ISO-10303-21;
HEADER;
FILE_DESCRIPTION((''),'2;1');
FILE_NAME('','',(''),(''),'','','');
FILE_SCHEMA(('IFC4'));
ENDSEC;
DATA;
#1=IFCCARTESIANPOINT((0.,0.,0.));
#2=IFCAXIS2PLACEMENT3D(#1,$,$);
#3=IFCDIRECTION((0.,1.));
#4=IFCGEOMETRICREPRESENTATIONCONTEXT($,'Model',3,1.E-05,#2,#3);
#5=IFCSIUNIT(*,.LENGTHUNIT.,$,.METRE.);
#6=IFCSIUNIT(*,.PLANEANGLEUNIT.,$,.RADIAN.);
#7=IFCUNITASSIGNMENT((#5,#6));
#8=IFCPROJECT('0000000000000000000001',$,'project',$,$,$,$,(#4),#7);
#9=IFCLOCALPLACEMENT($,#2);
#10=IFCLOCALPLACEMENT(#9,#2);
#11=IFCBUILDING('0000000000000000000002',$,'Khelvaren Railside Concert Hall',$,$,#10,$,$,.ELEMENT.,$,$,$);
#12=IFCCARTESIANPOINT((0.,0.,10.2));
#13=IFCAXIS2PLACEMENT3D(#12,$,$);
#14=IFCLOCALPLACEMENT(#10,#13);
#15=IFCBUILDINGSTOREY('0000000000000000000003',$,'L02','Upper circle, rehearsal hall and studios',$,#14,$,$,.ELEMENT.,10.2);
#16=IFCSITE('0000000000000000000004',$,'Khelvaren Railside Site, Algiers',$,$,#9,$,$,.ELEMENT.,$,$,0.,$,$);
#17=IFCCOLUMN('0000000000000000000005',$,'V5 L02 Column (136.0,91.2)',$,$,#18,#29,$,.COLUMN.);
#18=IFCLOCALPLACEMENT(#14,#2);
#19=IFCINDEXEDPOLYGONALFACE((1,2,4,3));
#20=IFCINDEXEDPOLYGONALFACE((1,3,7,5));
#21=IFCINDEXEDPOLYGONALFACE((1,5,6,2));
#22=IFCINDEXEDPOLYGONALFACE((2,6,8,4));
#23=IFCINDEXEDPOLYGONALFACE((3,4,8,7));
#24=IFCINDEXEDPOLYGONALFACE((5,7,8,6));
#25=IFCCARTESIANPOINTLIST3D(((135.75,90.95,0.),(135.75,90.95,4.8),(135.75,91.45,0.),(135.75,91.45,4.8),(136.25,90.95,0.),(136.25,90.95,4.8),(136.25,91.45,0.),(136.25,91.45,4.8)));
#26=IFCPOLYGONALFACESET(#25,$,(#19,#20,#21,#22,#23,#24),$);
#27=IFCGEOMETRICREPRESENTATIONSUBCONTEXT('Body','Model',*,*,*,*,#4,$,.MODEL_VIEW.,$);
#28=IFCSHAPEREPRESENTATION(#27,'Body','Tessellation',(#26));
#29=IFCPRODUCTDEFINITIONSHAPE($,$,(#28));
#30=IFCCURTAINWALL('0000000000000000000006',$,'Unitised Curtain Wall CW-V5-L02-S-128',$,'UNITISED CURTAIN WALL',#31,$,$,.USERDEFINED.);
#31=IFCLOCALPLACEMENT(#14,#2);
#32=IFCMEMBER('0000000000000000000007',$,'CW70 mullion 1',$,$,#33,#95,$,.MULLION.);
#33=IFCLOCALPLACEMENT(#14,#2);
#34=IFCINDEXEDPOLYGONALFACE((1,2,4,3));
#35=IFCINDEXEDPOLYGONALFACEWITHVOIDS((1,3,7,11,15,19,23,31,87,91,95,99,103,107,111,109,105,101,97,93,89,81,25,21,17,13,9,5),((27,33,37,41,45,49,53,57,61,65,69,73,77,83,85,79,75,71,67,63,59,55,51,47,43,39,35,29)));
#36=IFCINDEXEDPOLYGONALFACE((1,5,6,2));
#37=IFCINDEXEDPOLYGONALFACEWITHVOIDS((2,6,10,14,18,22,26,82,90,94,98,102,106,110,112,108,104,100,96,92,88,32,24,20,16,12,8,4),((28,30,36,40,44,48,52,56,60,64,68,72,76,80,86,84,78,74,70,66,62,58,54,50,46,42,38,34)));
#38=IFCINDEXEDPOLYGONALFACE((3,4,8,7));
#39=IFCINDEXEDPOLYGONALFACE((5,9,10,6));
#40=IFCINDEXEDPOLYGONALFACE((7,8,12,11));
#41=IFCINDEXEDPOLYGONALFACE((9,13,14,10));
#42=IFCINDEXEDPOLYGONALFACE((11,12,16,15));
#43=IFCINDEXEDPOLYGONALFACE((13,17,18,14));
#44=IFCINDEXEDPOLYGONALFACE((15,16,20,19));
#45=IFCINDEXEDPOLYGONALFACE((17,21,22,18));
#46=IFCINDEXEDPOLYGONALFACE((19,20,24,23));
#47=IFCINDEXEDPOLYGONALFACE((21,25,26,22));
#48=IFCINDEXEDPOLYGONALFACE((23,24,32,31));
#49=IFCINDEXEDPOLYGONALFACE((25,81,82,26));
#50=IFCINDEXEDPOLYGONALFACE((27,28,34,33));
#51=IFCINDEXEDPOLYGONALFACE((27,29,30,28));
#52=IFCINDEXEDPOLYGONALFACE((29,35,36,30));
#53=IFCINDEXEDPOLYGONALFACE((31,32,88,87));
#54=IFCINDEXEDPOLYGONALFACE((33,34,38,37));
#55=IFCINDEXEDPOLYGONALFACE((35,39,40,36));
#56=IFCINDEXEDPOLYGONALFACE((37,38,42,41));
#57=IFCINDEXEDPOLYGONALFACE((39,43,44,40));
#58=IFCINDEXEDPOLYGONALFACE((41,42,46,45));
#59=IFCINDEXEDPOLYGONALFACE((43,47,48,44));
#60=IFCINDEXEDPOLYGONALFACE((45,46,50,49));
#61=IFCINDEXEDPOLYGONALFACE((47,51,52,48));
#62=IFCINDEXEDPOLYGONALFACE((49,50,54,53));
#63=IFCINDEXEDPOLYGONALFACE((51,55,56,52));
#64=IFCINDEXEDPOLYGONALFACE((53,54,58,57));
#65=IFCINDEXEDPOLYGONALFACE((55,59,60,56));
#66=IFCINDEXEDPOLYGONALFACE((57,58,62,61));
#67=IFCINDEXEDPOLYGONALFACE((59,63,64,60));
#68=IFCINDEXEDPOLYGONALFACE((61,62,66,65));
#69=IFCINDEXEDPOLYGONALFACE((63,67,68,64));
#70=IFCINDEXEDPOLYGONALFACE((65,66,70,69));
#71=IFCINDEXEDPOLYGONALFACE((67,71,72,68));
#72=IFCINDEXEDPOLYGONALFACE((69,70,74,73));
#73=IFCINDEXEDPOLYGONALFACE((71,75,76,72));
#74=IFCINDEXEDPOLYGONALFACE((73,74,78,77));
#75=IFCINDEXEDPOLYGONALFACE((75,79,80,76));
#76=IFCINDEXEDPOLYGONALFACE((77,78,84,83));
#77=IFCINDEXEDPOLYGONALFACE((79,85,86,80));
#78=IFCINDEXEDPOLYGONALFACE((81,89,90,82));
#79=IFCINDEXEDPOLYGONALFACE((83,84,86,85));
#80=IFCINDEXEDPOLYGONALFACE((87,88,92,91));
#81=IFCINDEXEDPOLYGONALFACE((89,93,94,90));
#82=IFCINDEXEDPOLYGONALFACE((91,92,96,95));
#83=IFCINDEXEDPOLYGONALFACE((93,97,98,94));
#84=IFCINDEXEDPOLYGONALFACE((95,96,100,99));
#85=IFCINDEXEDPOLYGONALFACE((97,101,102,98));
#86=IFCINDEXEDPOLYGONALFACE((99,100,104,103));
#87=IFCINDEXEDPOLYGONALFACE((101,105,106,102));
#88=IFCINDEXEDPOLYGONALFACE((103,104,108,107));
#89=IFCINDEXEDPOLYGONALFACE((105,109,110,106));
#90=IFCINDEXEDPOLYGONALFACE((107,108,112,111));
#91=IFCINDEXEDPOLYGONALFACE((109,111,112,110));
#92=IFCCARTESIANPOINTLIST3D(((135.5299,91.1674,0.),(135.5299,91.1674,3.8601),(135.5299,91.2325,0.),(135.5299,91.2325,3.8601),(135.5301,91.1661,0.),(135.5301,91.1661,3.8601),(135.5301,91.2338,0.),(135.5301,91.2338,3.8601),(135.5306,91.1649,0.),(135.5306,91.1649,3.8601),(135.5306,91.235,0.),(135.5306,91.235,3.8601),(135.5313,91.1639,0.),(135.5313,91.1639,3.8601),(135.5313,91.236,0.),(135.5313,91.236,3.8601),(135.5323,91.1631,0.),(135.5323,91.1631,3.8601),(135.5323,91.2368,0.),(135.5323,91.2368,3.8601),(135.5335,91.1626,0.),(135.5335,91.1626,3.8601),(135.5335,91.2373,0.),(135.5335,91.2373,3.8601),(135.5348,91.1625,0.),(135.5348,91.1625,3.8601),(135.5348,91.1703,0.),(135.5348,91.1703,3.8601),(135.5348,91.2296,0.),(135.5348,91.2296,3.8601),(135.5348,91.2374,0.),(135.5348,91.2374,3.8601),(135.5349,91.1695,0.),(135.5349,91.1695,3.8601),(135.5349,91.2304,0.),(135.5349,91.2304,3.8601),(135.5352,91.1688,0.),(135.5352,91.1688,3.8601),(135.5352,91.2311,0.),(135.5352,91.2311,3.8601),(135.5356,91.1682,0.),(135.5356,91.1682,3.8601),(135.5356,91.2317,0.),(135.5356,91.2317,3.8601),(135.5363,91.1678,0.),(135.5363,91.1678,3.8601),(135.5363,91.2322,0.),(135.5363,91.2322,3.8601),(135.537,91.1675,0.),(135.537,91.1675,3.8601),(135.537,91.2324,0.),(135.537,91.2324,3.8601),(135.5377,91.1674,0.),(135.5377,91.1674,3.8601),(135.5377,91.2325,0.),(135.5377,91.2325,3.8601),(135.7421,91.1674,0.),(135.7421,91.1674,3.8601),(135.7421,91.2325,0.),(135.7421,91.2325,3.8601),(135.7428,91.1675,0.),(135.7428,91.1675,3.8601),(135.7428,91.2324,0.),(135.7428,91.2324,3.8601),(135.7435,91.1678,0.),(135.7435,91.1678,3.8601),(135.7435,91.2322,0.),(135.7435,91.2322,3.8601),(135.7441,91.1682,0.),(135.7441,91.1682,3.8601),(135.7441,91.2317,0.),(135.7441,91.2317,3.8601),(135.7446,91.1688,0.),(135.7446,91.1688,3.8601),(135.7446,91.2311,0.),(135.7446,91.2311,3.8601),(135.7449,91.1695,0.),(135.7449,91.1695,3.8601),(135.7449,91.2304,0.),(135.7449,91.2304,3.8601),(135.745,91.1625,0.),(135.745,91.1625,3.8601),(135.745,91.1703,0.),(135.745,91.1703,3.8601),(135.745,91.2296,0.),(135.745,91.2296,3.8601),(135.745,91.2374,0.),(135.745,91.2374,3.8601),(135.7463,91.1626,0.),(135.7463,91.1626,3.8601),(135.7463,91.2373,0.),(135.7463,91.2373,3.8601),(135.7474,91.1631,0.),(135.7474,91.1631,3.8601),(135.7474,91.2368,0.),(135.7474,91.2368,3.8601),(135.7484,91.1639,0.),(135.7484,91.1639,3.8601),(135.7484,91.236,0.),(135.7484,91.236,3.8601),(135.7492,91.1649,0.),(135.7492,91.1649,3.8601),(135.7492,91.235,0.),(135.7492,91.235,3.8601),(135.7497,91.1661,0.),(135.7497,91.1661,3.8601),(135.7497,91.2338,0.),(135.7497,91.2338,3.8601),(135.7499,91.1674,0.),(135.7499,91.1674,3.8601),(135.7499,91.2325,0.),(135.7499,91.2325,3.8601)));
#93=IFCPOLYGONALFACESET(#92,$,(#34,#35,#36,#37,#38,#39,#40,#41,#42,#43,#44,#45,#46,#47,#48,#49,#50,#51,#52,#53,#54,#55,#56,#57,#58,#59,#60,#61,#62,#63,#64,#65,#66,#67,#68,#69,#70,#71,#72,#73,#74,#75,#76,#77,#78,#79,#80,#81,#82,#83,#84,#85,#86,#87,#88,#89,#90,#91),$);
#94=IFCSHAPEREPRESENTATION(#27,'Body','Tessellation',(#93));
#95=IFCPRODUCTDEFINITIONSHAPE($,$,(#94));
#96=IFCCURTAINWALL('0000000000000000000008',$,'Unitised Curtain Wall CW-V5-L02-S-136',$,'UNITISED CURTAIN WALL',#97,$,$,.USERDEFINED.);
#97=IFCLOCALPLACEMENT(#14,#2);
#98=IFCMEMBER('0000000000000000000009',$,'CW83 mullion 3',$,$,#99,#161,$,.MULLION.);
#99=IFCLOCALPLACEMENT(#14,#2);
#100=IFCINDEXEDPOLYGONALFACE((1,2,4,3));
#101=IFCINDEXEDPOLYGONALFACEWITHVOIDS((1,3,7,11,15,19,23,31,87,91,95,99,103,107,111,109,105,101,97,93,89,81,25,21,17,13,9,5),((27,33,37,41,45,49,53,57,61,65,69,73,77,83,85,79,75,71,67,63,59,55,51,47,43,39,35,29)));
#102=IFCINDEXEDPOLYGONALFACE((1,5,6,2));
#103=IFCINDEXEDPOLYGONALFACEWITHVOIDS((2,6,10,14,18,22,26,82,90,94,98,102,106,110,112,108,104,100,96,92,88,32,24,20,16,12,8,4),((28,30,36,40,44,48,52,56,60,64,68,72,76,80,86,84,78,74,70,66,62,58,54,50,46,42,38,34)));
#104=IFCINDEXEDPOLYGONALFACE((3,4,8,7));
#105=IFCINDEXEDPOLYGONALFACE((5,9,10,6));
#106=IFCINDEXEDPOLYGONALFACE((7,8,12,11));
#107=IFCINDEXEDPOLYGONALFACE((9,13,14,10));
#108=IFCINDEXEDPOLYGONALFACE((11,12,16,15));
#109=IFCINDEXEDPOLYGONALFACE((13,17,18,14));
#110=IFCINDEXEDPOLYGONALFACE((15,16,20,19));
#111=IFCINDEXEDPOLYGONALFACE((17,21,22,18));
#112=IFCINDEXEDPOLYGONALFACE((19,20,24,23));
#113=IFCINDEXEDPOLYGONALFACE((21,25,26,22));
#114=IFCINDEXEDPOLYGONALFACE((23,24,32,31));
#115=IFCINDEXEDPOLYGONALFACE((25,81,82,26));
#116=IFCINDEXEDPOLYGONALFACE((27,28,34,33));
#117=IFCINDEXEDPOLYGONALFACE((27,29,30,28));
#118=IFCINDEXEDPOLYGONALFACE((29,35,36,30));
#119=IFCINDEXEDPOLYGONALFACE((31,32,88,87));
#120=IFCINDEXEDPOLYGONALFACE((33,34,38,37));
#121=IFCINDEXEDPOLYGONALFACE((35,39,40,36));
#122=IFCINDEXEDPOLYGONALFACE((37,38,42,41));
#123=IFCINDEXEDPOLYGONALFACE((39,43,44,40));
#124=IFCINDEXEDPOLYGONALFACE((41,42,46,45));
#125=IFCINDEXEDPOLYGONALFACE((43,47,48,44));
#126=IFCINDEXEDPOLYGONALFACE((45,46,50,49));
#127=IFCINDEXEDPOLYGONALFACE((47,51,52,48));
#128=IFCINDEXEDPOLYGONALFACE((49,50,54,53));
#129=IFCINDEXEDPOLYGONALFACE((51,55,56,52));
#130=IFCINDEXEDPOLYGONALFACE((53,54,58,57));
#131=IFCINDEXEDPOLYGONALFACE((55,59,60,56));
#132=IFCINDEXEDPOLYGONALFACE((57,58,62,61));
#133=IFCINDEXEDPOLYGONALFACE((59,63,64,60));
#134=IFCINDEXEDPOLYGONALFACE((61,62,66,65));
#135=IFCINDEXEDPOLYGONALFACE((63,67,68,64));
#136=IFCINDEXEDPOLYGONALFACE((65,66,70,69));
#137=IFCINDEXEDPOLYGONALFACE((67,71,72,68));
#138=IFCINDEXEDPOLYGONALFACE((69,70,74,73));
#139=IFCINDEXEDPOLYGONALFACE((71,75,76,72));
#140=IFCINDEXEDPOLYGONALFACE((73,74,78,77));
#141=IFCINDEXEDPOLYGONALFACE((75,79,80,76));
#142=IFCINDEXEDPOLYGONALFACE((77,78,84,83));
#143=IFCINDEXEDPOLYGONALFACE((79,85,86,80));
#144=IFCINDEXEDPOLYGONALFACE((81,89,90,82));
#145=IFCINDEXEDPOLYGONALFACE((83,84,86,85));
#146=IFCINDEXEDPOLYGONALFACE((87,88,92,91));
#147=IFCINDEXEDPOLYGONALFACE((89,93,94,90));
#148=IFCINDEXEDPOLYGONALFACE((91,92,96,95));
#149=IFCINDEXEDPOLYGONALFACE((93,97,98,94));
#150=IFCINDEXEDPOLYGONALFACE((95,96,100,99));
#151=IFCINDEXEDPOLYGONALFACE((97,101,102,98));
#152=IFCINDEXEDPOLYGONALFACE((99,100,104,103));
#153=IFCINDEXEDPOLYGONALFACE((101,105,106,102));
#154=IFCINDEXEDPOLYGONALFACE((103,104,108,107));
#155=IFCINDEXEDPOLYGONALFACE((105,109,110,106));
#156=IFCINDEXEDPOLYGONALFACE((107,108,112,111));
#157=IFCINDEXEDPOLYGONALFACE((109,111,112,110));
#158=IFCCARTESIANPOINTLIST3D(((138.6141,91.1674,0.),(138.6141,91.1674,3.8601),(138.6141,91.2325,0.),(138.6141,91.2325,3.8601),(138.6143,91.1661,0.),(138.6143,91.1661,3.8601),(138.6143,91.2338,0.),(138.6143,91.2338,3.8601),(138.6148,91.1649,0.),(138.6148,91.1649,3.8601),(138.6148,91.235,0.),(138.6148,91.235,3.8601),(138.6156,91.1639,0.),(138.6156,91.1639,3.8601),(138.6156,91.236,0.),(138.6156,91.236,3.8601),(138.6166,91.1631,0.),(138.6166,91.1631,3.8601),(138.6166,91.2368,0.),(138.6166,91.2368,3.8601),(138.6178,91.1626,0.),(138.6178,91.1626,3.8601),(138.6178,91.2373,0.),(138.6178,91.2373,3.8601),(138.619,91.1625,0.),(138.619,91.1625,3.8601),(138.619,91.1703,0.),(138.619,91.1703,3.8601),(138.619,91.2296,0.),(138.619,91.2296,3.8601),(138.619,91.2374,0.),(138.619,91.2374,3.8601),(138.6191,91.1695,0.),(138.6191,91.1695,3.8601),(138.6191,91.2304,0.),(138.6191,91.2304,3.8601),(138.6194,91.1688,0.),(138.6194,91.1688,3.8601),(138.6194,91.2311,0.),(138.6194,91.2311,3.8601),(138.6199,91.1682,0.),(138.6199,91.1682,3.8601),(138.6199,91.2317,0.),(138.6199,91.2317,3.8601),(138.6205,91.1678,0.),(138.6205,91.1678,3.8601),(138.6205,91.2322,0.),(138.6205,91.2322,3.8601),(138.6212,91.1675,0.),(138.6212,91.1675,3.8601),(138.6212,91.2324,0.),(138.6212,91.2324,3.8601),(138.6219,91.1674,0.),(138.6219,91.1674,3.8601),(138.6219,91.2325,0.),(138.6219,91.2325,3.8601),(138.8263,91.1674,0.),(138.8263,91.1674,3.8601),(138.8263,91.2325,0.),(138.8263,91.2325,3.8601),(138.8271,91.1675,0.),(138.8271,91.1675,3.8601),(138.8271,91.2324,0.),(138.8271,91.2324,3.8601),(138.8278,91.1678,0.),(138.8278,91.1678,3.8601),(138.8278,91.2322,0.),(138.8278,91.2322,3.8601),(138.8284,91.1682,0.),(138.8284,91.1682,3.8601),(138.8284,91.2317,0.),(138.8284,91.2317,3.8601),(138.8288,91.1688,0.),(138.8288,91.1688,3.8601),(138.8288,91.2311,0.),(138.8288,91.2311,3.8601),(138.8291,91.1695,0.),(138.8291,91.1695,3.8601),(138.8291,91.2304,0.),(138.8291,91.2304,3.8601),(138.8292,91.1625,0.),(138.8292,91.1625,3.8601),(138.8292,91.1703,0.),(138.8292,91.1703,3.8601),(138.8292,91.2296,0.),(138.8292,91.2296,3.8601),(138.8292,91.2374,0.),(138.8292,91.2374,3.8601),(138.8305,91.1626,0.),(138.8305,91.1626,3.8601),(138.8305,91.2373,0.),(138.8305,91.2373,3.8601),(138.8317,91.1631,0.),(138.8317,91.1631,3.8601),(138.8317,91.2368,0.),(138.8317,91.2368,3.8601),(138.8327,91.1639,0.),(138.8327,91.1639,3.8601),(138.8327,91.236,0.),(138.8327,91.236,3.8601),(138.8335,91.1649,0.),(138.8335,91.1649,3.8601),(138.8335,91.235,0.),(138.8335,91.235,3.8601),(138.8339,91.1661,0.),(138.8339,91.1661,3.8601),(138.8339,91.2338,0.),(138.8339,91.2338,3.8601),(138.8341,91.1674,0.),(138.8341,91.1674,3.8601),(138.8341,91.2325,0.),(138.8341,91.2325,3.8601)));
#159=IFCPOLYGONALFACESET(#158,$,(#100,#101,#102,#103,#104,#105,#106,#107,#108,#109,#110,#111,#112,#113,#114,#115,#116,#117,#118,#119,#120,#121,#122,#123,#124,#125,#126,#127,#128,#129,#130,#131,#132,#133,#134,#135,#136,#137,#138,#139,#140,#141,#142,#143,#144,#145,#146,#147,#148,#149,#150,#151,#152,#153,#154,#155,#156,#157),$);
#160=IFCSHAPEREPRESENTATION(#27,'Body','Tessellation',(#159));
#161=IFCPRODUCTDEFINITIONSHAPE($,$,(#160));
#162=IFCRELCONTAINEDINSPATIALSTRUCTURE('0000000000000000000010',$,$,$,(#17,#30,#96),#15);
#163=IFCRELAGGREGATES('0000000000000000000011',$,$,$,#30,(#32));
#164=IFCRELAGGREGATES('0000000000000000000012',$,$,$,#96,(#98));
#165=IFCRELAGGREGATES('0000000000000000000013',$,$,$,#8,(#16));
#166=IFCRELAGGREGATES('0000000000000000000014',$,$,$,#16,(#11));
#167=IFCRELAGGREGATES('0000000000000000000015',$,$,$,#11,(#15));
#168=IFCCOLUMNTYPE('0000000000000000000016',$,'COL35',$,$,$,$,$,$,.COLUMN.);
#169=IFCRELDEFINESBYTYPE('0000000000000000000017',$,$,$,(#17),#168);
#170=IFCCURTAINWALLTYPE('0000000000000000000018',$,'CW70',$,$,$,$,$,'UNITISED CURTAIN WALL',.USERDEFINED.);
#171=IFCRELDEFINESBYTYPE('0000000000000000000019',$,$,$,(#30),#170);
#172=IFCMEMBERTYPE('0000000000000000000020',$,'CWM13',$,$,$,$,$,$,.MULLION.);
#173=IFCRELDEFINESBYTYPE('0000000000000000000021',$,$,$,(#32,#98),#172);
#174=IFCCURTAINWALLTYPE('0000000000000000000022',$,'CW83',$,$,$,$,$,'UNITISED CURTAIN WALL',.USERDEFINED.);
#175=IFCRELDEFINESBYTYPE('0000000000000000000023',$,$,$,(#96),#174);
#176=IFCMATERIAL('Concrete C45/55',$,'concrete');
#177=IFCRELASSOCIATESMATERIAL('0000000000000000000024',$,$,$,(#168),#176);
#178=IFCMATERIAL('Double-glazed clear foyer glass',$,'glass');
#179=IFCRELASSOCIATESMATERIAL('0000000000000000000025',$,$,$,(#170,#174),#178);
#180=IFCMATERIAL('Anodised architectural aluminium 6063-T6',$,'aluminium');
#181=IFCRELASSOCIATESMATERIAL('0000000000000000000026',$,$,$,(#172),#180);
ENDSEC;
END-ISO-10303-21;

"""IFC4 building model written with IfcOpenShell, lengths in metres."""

from ifc_helpers import new_model, si_unit, direction, frame, origin, origin_2d, place, context, subcontext, project, spatial, rectangle, hollow_rectangle, extrude, material, material_profile, profile_set, type_object, element, aggregate, save


model = new_model("IFC4")

# Units and contexts
model_context = context("Model", 3, precision=1e-05, world=origin(), true_north=direction((0.0, 1.0)))
body_context = subcontext(model_context, "Body", "Model", "MODEL_VIEW")
ifc_project = project(units=[si_unit("LENGTHUNIT", "METRE"), si_unit("PLANEANGLEUNIT", "RADIAN")], contexts=[model_context])

# Site, building, storey
site_placement = place(None, origin())
site = spatial("IfcSite", under=ifc_project, at=site_placement, Name="Khelvaren Railside Site, Algiers", CompositionType="ELEMENT", RefElevation=0.0)
building_placement = place(site_placement, origin())
building = spatial("IfcBuilding", under=site, at=building_placement, Name="Khelvaren Railside Concert Hall", CompositionType="ELEMENT")
storey_placement = place(building_placement, frame((0.0, 0.0, 10.2)))
storey = spatial("IfcBuildingStorey", under=building, at=storey_placement, Name="L02", Description="Upper circle, rehearsal hall and studios", CompositionType="ELEMENT", Elevation=10.2)

# Column
ifc_material_1 = material(Name="Concrete C45/55", Category="concrete")
ifc_material_profile_1 = material_profile(ifc_material_1, rectangle(XDim=0.5, YDim=0.5, at=origin_2d()), Name="RC 500x500")
ifc_profile_set_1 = profile_set([ifc_material_profile_1], Name="Concrete C45/55")
column_type = type_object("IfcColumnType", Name="COL35", PredefinedType="COLUMN", material=ifc_profile_set_1)
column_placement = place(storey_placement, frame((136.0, 91.2, 0.0), z_axis=(0.0, 0.0, 1.0), x_axis=(1.0, 0.0, 0.0)))
element("IfcColumn", 1, at=column_placement, inside=storey, type_object=column_type, Name="V5 L02 Column (136.0,91.2)", PredefinedType="COLUMN", context=body_context, shape_type="SweptSolid", body=[
    extrude(rectangle(XDim=0.5, YDim=0.5, at=origin_2d()), origin(), (0.0, 0.0, 1.0), 4.8),
])

# Curtain wall, member
ifc_material_2 = material(Name="Double-glazed clear foyer glass", Category="glass")
curtain_wall_type_1 = type_object("IfcCurtainWallType", Name="CW70", ElementType="UNITISED CURTAIN WALL", PredefinedType="USERDEFINED", material=ifc_material_2)
curtain_wall_1_placement = place(storey_placement, origin())
curtain_wall_1 = element("IfcCurtainWall", 2, at=curtain_wall_1_placement, inside=storey, type_object=curtain_wall_type_1, Name="Unitised Curtain Wall CW-V5-L02-S-128", ObjectType="UNITISED CURTAIN WALL", PredefinedType="USERDEFINED")
ifc_material_3 = material(Name="Anodised architectural aluminium 6063-T6", Category="aluminium")
ifc_material_profile_2 = material_profile(ifc_material_3, hollow_rectangle(XDim=0.075, YDim=0.22, WallThickness=0.0049, InnerFilletRadius=0.0029, OuterFilletRadius=0.0049, at=origin_2d()), Name="CWM 75x220x5")
ifc_profile_set_2 = profile_set([ifc_material_profile_2], Name="Anodised architectural aluminium 6063-T6")
member_type_1 = type_object("IfcMemberType", Name="CWM13", PredefinedType="MULLION", material=ifc_profile_set_2)
member_1_placement = place(storey_placement, frame((135.6399, 91.2, 0.0), z_axis=(0.0, 0.0, 1.0), x_axis=(0.0, -1.0, 0.0)))
member_1 = element("IfcMember", 3, at=member_1_placement, type_object=member_type_1, Name="CW70 mullion 1", PredefinedType="MULLION", context=body_context, shape_type="SweptSolid", body=[
    extrude(hollow_rectangle(XDim=0.075, YDim=0.22, WallThickness=0.0049, InnerFilletRadius=0.0029, OuterFilletRadius=0.0049, at=origin_2d()), origin(), (0.0, 0.0, 1.0), 3.8601),
])

# Curtain wall, member
curtain_wall_type_2 = type_object("IfcCurtainWallType", Name="CW83", ElementType="UNITISED CURTAIN WALL", PredefinedType="USERDEFINED", material=ifc_material_2)
curtain_wall_2_placement = place(storey_placement, origin())
curtain_wall_2 = element("IfcCurtainWall", 4, at=curtain_wall_2_placement, inside=storey, type_object=curtain_wall_type_2, Name="Unitised Curtain Wall CW-V5-L02-S-136", ObjectType="UNITISED CURTAIN WALL", PredefinedType="USERDEFINED")
member_2_placement = place(storey_placement, frame((138.7241, 91.2, 0.0), z_axis=(0.0, 0.0, 1.0), x_axis=(0.0, -1.0, 0.0)))
member_2 = element("IfcMember", 5, at=member_2_placement, type_object=member_type_1, Name="CW83 mullion 3", PredefinedType="MULLION", context=body_context, shape_type="SweptSolid", body=[
    extrude(hollow_rectangle(XDim=0.075, YDim=0.22, WallThickness=0.0049, InnerFilletRadius=0.0029, OuterFilletRadius=0.0049, at=origin_2d()), origin(), (0.0, 0.0, 1.0), 3.8601),
])

aggregate(curtain_wall_1, [member_1])
aggregate(curtain_wall_2, [member_2])

save(model, "model.ifc")
